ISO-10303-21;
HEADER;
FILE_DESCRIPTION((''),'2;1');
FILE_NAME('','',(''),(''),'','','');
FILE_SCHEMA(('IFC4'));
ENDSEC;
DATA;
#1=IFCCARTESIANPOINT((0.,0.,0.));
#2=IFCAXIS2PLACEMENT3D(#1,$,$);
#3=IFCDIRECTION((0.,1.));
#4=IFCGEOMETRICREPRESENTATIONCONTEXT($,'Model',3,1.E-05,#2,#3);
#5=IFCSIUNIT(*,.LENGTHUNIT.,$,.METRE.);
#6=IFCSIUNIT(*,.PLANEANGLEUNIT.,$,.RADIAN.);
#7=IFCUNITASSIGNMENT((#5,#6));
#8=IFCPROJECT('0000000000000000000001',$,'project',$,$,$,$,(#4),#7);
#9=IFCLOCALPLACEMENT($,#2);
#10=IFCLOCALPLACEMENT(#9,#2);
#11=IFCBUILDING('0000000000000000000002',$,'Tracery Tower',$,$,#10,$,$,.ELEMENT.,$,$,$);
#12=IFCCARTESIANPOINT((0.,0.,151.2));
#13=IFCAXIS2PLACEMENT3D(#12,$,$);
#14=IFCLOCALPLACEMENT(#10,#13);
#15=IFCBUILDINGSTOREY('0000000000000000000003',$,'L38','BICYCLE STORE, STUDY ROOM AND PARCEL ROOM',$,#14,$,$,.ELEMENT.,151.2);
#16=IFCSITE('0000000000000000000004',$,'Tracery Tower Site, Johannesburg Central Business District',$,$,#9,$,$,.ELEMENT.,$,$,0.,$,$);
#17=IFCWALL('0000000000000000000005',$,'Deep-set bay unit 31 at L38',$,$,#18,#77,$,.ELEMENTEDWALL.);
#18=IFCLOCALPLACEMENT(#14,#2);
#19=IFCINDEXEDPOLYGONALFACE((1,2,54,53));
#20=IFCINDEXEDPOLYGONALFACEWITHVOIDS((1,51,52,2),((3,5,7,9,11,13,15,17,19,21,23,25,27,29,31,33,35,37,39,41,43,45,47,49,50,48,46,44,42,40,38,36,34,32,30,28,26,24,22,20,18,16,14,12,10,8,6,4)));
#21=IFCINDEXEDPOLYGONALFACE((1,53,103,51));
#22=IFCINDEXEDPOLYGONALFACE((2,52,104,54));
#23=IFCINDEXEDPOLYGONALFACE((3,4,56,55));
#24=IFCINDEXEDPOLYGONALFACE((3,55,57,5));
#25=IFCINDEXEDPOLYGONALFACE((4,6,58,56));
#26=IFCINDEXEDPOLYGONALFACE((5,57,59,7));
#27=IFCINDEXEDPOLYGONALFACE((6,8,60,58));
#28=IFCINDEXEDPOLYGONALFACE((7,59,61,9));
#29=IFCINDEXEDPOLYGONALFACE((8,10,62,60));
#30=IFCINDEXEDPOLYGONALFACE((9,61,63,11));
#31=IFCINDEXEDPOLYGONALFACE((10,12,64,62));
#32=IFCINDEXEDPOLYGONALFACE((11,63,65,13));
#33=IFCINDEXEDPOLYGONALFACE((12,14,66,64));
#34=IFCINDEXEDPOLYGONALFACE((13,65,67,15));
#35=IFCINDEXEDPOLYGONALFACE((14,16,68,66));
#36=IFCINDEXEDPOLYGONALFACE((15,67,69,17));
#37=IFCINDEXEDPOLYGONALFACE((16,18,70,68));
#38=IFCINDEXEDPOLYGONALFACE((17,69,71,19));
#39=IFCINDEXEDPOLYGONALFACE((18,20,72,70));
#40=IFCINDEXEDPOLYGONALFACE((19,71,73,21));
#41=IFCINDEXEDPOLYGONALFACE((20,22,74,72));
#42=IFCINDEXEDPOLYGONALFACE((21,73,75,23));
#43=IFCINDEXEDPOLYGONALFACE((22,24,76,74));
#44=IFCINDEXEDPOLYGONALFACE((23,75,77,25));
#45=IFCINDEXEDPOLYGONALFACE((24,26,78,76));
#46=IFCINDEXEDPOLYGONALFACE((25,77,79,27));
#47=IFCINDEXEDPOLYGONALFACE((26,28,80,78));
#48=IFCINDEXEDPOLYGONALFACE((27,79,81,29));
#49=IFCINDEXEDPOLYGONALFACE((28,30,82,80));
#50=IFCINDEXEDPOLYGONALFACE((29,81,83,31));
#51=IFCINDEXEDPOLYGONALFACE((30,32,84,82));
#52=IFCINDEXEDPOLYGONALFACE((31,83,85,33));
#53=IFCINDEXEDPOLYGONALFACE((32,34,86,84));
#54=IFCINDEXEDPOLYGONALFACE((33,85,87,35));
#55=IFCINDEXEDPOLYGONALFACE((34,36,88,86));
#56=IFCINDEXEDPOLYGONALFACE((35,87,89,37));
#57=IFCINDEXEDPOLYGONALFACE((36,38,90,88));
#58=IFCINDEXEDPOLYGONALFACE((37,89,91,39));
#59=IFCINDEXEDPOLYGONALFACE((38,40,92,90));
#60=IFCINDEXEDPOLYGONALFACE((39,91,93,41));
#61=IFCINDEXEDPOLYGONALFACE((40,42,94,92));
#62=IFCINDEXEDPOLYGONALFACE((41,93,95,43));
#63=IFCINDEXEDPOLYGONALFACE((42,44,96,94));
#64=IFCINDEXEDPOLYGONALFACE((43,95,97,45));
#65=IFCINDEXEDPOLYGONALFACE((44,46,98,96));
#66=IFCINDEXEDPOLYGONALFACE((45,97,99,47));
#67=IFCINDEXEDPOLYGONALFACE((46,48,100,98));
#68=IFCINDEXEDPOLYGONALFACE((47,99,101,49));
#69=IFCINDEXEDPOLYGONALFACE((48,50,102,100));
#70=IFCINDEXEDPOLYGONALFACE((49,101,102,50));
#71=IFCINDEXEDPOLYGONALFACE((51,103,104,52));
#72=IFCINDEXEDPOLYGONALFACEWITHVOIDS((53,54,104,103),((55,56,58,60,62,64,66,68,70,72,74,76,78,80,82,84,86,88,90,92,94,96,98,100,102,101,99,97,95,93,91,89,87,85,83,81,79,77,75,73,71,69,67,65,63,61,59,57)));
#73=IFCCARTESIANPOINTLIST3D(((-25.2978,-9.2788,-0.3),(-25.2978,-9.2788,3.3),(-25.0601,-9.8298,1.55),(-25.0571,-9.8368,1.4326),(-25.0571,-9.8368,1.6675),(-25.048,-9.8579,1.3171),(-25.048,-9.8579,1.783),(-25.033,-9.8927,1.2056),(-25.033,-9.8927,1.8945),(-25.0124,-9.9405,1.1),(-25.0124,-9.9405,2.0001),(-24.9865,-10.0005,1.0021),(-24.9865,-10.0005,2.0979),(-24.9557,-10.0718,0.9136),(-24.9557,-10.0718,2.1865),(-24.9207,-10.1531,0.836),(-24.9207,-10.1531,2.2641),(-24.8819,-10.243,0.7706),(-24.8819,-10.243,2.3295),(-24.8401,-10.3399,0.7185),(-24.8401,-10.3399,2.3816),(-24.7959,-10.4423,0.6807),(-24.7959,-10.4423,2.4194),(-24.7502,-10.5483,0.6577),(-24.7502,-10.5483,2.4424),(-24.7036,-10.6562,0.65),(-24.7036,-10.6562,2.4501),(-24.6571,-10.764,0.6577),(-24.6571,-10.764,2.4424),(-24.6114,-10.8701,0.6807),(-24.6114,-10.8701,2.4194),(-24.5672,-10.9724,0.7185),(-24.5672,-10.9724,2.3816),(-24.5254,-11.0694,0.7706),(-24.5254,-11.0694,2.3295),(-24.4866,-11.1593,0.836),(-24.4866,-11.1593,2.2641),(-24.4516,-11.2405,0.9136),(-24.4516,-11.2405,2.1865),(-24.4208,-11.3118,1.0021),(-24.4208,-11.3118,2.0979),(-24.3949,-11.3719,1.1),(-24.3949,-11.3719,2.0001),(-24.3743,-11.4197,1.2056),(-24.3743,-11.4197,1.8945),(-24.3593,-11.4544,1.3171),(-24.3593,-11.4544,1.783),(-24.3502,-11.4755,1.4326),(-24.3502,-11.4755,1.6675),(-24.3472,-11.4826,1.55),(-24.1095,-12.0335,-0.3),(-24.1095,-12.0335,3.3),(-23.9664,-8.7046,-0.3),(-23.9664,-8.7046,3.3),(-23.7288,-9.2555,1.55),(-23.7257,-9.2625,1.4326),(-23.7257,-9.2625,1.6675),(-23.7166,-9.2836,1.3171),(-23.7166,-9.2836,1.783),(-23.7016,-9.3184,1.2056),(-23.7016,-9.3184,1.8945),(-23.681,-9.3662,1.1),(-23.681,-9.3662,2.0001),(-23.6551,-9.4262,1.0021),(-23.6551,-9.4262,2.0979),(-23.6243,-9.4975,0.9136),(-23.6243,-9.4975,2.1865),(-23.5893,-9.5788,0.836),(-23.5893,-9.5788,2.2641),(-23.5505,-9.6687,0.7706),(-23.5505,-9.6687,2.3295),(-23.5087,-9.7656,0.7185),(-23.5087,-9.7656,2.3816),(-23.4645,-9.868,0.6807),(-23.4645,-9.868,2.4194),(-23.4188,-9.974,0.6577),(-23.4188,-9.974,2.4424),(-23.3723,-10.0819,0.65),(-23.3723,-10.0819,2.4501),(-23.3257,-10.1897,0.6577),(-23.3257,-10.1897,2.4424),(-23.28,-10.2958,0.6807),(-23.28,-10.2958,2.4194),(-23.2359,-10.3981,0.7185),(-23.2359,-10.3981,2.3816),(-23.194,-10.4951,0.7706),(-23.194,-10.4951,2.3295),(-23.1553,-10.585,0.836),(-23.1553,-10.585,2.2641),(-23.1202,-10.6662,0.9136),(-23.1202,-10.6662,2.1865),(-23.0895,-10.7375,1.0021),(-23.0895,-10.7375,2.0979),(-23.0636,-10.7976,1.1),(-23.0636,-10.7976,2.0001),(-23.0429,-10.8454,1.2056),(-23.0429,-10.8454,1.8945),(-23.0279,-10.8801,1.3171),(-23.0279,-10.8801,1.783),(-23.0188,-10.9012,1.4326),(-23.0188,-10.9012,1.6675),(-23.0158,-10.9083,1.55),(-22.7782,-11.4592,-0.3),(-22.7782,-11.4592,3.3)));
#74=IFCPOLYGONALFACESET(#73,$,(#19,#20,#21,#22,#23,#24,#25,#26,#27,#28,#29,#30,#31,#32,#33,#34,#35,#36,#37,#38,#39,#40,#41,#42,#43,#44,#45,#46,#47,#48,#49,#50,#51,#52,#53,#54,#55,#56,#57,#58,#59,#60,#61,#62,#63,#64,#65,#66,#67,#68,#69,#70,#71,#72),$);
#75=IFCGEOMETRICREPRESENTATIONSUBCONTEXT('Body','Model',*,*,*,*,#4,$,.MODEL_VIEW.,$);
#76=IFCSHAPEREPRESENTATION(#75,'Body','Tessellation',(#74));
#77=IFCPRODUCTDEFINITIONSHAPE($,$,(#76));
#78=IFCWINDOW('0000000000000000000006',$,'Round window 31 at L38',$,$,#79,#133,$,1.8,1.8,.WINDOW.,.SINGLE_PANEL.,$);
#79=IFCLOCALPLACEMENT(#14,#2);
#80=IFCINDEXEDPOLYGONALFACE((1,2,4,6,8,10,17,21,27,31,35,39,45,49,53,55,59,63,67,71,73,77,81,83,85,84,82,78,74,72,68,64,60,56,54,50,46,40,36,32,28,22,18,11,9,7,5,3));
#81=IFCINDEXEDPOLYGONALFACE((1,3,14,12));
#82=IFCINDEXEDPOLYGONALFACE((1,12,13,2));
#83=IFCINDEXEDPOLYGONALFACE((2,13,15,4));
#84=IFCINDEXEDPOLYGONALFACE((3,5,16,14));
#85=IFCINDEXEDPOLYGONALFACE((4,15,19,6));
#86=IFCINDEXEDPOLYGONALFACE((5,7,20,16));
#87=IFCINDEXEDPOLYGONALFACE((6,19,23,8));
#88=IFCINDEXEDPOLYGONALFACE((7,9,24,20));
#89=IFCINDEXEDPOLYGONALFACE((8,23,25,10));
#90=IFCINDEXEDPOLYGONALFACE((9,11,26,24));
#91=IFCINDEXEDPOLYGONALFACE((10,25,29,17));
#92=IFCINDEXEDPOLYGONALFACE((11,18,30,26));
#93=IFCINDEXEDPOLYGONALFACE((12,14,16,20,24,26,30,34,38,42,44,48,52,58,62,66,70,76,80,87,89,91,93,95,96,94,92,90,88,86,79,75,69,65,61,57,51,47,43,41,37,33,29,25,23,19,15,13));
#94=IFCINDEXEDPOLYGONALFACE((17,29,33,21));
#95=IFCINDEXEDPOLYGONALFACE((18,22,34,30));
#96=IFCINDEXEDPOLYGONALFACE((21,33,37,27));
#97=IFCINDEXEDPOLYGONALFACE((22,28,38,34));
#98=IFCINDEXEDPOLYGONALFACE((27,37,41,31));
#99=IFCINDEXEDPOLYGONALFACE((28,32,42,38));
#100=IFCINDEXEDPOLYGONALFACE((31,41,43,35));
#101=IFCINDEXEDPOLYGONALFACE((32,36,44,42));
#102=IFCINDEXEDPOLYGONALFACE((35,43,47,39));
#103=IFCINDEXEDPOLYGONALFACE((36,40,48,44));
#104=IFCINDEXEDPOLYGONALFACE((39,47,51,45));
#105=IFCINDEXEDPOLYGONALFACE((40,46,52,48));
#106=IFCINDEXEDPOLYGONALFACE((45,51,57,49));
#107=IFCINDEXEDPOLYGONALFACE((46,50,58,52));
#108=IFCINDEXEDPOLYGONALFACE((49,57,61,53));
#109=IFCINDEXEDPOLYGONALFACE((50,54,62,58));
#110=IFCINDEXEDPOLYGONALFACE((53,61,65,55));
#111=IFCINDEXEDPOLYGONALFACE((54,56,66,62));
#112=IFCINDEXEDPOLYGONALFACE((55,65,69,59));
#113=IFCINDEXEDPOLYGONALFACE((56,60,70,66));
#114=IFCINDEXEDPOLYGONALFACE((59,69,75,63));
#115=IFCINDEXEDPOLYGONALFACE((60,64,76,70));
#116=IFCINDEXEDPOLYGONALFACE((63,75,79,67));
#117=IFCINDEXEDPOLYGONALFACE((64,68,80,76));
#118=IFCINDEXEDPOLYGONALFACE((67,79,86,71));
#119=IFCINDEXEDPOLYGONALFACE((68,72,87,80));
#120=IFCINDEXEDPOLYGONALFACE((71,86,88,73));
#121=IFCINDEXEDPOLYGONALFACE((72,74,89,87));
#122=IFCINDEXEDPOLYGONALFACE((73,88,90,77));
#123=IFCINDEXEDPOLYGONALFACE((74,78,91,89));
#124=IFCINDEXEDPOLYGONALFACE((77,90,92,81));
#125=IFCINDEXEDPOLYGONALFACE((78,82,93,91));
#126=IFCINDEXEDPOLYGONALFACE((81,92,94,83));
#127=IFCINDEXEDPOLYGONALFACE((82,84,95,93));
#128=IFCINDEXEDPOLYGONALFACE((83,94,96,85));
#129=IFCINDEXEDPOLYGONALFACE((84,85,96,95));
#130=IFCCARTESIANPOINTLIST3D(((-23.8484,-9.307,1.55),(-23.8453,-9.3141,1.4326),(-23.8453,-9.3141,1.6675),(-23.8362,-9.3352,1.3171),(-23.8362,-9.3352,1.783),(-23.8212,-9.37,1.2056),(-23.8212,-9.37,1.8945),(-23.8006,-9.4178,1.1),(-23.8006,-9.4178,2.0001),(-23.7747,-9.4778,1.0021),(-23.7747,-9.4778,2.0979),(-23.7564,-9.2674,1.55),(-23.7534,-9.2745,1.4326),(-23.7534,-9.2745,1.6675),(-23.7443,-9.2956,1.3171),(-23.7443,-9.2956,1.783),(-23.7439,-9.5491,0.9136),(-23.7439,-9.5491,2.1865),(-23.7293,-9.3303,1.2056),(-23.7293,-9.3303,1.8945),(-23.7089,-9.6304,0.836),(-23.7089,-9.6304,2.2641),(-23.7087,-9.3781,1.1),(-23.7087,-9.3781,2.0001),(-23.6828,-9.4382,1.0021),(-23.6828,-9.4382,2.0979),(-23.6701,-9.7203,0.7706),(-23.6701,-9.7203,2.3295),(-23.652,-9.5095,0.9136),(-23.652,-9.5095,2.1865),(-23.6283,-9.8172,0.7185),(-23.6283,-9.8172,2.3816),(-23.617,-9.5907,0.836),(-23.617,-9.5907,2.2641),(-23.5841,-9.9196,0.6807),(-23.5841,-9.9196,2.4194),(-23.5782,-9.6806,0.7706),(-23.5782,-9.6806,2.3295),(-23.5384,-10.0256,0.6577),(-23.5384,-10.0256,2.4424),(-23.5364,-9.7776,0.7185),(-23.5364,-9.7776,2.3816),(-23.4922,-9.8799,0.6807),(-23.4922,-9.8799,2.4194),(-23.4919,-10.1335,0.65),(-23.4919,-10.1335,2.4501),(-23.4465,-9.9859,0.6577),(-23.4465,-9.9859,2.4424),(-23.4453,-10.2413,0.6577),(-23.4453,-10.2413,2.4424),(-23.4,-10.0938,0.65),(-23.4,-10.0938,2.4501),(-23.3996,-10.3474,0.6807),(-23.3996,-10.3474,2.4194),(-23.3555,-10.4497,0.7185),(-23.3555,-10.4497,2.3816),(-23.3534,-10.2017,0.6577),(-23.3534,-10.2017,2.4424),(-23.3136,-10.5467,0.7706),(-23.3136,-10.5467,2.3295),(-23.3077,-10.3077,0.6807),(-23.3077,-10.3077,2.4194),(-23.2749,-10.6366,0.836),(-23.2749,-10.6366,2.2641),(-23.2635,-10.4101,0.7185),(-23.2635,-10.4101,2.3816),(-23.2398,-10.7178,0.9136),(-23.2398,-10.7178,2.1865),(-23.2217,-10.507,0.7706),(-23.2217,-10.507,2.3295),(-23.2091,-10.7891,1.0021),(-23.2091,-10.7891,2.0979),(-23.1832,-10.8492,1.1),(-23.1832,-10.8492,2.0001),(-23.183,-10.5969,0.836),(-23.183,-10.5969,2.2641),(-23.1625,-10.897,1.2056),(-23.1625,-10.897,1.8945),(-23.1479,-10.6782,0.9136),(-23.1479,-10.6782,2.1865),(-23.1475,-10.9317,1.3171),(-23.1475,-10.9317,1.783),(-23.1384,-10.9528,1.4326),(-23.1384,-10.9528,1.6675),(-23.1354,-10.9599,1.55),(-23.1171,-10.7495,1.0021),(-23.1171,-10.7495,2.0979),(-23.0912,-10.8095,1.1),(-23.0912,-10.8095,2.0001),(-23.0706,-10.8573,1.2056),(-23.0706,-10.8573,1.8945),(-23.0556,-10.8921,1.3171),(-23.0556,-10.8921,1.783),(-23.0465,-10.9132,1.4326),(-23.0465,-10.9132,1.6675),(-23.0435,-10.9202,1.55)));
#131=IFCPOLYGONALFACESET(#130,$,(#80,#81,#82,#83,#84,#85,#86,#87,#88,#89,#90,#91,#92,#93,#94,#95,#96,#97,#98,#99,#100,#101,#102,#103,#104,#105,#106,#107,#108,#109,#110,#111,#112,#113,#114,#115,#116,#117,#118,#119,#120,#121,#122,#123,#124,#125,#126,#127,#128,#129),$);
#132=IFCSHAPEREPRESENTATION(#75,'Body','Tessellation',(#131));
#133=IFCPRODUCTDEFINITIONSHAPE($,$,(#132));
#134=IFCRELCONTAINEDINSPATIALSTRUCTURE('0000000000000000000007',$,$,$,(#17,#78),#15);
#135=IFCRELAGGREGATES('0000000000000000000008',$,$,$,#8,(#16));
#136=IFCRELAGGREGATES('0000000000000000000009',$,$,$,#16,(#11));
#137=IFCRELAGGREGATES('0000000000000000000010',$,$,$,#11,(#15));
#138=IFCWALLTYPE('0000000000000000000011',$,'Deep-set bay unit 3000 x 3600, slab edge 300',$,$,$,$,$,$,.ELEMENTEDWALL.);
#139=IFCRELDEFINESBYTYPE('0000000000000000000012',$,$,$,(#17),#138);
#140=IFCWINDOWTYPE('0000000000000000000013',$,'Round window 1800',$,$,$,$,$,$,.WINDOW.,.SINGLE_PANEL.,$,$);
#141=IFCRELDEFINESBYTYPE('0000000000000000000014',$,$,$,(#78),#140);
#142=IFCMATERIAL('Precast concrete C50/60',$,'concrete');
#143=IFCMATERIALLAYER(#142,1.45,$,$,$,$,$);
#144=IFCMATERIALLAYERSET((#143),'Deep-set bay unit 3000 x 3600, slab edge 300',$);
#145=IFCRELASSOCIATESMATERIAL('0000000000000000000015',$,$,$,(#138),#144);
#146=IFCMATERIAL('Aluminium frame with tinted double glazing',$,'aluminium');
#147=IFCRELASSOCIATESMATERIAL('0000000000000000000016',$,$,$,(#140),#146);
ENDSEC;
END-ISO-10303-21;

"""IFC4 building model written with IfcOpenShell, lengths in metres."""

from ifc_helpers import new_model, si_unit, direction, frame, frame_2d, origin, origin_2d, place, context, subcontext, project, spatial, rectangle, circle, extrude, material, layer, layer_set, type_object, element, fill, save


model = new_model("IFC4")

# Units and contexts
model_context = context("Model", 3, precision=1e-05, world=origin(), true_north=direction((0.0, 1.0)))
body_context = subcontext(model_context, "Body", "Model", "MODEL_VIEW")
ifc_project = project(units=[si_unit("LENGTHUNIT", "METRE"), si_unit("PLANEANGLEUNIT", "RADIAN")], contexts=[model_context])

# Site, building, storey
site_placement = place(None, origin())
site = spatial("IfcSite", under=ifc_project, at=site_placement, Name="Tracery Tower Site, Johannesburg Central Business District", CompositionType="ELEMENT", RefElevation=0.0)
building_placement = place(site_placement, origin())
building = spatial("IfcBuilding", under=site, at=building_placement, Name="Tracery Tower", CompositionType="ELEMENT")
storey_placement = place(building_placement, frame((0.0, 0.0, 151.2)))
storey = spatial("IfcBuildingStorey", under=building, at=storey_placement, Name="L38", Description="BICYCLE STORE, STUDY ROOM AND PARCEL ROOM", CompositionType="ELEMENT", Elevation=151.2)

# Wall, opening, window
ifc_material_1 = material(Name="Precast concrete C50/60", Category="concrete")
ifc_layer_1 = layer(ifc_material_1, 1.45)
ifc_layer_set_1 = layer_set([ifc_layer_1], Name="Deep-set bay unit 3000 x 3600, slab edge 300")
wall_type_1 = type_object("IfcWallType", Name="Deep-set bay unit 3000 x 3600, slab edge 300", PredefinedType="ELEMENTEDWALL", material=ifc_layer_set_1)
wall_1_placement = place(storey_placement, frame((-24.6321, -8.9917, -0.3), z_axis=(0.0, 0.0, 1.0), x_axis=(0.396079, -0.918216, 0.0)))
wall_1 = element("IfcWall", 1, at=wall_1_placement, inside=storey, type_object=wall_type_1, Name="Deep-set bay unit 31 at L38", PredefinedType="ELEMENTEDWALL", context=body_context, shape_type="SweptSolid", body=[
    extrude(rectangle(XDim=3.0, YDim=1.45, at=frame_2d((1.5, 0.0))), origin(), (0.0, 0.0, 1.0), 3.6001),
])
opening_1_placement = place(wall_1_placement, frame((1.5, 0.0, 1.8501)))
opening_1 = element("IfcOpeningElement", 2, at=opening_1_placement, cuts=wall_1, PredefinedType="OPENING", context=body_context, shape_type="SweptSolid", body=[
    extrude(circle(Radius=0.9, at=origin_2d()), frame((0.0, 0.7349, 0.0), z_axis=(0.0, -1.0, 0.0), x_axis=(1.0, 0.0, 0.0)), (0.0, 0.0, 1.0), 1.47),
])
ifc_material_2 = material(Name="Aluminium frame with tinted double glazing", Category="aluminium")
window_type = type_object("IfcWindowType", Name="Round window 1800", PartitioningType="SINGLE_PANEL", PredefinedType="WINDOW", material=ifc_material_2)
window_1_placement = place(opening_1_placement, origin())
window_1 = element("IfcWindow", 3, at=window_1_placement, inside=storey, type_object=window_type, Name="Round window 31 at L38", OverallHeight=1.8, OverallWidth=1.8, PartitioningType="SINGLE_PANEL", PredefinedType="WINDOW", context=body_context, shape_type="SweptSolid", body=[
    extrude(circle(Radius=0.9, at=origin_2d()), frame((0.0, 0.6948, 0.0), z_axis=(0.0, -1.0, 0.0), x_axis=(1.0, 0.0, 0.0)), (0.0, 0.0, 1.0), 0.1001),
])
fill(opening_1, window_1)

save(model, "model.ifc")
